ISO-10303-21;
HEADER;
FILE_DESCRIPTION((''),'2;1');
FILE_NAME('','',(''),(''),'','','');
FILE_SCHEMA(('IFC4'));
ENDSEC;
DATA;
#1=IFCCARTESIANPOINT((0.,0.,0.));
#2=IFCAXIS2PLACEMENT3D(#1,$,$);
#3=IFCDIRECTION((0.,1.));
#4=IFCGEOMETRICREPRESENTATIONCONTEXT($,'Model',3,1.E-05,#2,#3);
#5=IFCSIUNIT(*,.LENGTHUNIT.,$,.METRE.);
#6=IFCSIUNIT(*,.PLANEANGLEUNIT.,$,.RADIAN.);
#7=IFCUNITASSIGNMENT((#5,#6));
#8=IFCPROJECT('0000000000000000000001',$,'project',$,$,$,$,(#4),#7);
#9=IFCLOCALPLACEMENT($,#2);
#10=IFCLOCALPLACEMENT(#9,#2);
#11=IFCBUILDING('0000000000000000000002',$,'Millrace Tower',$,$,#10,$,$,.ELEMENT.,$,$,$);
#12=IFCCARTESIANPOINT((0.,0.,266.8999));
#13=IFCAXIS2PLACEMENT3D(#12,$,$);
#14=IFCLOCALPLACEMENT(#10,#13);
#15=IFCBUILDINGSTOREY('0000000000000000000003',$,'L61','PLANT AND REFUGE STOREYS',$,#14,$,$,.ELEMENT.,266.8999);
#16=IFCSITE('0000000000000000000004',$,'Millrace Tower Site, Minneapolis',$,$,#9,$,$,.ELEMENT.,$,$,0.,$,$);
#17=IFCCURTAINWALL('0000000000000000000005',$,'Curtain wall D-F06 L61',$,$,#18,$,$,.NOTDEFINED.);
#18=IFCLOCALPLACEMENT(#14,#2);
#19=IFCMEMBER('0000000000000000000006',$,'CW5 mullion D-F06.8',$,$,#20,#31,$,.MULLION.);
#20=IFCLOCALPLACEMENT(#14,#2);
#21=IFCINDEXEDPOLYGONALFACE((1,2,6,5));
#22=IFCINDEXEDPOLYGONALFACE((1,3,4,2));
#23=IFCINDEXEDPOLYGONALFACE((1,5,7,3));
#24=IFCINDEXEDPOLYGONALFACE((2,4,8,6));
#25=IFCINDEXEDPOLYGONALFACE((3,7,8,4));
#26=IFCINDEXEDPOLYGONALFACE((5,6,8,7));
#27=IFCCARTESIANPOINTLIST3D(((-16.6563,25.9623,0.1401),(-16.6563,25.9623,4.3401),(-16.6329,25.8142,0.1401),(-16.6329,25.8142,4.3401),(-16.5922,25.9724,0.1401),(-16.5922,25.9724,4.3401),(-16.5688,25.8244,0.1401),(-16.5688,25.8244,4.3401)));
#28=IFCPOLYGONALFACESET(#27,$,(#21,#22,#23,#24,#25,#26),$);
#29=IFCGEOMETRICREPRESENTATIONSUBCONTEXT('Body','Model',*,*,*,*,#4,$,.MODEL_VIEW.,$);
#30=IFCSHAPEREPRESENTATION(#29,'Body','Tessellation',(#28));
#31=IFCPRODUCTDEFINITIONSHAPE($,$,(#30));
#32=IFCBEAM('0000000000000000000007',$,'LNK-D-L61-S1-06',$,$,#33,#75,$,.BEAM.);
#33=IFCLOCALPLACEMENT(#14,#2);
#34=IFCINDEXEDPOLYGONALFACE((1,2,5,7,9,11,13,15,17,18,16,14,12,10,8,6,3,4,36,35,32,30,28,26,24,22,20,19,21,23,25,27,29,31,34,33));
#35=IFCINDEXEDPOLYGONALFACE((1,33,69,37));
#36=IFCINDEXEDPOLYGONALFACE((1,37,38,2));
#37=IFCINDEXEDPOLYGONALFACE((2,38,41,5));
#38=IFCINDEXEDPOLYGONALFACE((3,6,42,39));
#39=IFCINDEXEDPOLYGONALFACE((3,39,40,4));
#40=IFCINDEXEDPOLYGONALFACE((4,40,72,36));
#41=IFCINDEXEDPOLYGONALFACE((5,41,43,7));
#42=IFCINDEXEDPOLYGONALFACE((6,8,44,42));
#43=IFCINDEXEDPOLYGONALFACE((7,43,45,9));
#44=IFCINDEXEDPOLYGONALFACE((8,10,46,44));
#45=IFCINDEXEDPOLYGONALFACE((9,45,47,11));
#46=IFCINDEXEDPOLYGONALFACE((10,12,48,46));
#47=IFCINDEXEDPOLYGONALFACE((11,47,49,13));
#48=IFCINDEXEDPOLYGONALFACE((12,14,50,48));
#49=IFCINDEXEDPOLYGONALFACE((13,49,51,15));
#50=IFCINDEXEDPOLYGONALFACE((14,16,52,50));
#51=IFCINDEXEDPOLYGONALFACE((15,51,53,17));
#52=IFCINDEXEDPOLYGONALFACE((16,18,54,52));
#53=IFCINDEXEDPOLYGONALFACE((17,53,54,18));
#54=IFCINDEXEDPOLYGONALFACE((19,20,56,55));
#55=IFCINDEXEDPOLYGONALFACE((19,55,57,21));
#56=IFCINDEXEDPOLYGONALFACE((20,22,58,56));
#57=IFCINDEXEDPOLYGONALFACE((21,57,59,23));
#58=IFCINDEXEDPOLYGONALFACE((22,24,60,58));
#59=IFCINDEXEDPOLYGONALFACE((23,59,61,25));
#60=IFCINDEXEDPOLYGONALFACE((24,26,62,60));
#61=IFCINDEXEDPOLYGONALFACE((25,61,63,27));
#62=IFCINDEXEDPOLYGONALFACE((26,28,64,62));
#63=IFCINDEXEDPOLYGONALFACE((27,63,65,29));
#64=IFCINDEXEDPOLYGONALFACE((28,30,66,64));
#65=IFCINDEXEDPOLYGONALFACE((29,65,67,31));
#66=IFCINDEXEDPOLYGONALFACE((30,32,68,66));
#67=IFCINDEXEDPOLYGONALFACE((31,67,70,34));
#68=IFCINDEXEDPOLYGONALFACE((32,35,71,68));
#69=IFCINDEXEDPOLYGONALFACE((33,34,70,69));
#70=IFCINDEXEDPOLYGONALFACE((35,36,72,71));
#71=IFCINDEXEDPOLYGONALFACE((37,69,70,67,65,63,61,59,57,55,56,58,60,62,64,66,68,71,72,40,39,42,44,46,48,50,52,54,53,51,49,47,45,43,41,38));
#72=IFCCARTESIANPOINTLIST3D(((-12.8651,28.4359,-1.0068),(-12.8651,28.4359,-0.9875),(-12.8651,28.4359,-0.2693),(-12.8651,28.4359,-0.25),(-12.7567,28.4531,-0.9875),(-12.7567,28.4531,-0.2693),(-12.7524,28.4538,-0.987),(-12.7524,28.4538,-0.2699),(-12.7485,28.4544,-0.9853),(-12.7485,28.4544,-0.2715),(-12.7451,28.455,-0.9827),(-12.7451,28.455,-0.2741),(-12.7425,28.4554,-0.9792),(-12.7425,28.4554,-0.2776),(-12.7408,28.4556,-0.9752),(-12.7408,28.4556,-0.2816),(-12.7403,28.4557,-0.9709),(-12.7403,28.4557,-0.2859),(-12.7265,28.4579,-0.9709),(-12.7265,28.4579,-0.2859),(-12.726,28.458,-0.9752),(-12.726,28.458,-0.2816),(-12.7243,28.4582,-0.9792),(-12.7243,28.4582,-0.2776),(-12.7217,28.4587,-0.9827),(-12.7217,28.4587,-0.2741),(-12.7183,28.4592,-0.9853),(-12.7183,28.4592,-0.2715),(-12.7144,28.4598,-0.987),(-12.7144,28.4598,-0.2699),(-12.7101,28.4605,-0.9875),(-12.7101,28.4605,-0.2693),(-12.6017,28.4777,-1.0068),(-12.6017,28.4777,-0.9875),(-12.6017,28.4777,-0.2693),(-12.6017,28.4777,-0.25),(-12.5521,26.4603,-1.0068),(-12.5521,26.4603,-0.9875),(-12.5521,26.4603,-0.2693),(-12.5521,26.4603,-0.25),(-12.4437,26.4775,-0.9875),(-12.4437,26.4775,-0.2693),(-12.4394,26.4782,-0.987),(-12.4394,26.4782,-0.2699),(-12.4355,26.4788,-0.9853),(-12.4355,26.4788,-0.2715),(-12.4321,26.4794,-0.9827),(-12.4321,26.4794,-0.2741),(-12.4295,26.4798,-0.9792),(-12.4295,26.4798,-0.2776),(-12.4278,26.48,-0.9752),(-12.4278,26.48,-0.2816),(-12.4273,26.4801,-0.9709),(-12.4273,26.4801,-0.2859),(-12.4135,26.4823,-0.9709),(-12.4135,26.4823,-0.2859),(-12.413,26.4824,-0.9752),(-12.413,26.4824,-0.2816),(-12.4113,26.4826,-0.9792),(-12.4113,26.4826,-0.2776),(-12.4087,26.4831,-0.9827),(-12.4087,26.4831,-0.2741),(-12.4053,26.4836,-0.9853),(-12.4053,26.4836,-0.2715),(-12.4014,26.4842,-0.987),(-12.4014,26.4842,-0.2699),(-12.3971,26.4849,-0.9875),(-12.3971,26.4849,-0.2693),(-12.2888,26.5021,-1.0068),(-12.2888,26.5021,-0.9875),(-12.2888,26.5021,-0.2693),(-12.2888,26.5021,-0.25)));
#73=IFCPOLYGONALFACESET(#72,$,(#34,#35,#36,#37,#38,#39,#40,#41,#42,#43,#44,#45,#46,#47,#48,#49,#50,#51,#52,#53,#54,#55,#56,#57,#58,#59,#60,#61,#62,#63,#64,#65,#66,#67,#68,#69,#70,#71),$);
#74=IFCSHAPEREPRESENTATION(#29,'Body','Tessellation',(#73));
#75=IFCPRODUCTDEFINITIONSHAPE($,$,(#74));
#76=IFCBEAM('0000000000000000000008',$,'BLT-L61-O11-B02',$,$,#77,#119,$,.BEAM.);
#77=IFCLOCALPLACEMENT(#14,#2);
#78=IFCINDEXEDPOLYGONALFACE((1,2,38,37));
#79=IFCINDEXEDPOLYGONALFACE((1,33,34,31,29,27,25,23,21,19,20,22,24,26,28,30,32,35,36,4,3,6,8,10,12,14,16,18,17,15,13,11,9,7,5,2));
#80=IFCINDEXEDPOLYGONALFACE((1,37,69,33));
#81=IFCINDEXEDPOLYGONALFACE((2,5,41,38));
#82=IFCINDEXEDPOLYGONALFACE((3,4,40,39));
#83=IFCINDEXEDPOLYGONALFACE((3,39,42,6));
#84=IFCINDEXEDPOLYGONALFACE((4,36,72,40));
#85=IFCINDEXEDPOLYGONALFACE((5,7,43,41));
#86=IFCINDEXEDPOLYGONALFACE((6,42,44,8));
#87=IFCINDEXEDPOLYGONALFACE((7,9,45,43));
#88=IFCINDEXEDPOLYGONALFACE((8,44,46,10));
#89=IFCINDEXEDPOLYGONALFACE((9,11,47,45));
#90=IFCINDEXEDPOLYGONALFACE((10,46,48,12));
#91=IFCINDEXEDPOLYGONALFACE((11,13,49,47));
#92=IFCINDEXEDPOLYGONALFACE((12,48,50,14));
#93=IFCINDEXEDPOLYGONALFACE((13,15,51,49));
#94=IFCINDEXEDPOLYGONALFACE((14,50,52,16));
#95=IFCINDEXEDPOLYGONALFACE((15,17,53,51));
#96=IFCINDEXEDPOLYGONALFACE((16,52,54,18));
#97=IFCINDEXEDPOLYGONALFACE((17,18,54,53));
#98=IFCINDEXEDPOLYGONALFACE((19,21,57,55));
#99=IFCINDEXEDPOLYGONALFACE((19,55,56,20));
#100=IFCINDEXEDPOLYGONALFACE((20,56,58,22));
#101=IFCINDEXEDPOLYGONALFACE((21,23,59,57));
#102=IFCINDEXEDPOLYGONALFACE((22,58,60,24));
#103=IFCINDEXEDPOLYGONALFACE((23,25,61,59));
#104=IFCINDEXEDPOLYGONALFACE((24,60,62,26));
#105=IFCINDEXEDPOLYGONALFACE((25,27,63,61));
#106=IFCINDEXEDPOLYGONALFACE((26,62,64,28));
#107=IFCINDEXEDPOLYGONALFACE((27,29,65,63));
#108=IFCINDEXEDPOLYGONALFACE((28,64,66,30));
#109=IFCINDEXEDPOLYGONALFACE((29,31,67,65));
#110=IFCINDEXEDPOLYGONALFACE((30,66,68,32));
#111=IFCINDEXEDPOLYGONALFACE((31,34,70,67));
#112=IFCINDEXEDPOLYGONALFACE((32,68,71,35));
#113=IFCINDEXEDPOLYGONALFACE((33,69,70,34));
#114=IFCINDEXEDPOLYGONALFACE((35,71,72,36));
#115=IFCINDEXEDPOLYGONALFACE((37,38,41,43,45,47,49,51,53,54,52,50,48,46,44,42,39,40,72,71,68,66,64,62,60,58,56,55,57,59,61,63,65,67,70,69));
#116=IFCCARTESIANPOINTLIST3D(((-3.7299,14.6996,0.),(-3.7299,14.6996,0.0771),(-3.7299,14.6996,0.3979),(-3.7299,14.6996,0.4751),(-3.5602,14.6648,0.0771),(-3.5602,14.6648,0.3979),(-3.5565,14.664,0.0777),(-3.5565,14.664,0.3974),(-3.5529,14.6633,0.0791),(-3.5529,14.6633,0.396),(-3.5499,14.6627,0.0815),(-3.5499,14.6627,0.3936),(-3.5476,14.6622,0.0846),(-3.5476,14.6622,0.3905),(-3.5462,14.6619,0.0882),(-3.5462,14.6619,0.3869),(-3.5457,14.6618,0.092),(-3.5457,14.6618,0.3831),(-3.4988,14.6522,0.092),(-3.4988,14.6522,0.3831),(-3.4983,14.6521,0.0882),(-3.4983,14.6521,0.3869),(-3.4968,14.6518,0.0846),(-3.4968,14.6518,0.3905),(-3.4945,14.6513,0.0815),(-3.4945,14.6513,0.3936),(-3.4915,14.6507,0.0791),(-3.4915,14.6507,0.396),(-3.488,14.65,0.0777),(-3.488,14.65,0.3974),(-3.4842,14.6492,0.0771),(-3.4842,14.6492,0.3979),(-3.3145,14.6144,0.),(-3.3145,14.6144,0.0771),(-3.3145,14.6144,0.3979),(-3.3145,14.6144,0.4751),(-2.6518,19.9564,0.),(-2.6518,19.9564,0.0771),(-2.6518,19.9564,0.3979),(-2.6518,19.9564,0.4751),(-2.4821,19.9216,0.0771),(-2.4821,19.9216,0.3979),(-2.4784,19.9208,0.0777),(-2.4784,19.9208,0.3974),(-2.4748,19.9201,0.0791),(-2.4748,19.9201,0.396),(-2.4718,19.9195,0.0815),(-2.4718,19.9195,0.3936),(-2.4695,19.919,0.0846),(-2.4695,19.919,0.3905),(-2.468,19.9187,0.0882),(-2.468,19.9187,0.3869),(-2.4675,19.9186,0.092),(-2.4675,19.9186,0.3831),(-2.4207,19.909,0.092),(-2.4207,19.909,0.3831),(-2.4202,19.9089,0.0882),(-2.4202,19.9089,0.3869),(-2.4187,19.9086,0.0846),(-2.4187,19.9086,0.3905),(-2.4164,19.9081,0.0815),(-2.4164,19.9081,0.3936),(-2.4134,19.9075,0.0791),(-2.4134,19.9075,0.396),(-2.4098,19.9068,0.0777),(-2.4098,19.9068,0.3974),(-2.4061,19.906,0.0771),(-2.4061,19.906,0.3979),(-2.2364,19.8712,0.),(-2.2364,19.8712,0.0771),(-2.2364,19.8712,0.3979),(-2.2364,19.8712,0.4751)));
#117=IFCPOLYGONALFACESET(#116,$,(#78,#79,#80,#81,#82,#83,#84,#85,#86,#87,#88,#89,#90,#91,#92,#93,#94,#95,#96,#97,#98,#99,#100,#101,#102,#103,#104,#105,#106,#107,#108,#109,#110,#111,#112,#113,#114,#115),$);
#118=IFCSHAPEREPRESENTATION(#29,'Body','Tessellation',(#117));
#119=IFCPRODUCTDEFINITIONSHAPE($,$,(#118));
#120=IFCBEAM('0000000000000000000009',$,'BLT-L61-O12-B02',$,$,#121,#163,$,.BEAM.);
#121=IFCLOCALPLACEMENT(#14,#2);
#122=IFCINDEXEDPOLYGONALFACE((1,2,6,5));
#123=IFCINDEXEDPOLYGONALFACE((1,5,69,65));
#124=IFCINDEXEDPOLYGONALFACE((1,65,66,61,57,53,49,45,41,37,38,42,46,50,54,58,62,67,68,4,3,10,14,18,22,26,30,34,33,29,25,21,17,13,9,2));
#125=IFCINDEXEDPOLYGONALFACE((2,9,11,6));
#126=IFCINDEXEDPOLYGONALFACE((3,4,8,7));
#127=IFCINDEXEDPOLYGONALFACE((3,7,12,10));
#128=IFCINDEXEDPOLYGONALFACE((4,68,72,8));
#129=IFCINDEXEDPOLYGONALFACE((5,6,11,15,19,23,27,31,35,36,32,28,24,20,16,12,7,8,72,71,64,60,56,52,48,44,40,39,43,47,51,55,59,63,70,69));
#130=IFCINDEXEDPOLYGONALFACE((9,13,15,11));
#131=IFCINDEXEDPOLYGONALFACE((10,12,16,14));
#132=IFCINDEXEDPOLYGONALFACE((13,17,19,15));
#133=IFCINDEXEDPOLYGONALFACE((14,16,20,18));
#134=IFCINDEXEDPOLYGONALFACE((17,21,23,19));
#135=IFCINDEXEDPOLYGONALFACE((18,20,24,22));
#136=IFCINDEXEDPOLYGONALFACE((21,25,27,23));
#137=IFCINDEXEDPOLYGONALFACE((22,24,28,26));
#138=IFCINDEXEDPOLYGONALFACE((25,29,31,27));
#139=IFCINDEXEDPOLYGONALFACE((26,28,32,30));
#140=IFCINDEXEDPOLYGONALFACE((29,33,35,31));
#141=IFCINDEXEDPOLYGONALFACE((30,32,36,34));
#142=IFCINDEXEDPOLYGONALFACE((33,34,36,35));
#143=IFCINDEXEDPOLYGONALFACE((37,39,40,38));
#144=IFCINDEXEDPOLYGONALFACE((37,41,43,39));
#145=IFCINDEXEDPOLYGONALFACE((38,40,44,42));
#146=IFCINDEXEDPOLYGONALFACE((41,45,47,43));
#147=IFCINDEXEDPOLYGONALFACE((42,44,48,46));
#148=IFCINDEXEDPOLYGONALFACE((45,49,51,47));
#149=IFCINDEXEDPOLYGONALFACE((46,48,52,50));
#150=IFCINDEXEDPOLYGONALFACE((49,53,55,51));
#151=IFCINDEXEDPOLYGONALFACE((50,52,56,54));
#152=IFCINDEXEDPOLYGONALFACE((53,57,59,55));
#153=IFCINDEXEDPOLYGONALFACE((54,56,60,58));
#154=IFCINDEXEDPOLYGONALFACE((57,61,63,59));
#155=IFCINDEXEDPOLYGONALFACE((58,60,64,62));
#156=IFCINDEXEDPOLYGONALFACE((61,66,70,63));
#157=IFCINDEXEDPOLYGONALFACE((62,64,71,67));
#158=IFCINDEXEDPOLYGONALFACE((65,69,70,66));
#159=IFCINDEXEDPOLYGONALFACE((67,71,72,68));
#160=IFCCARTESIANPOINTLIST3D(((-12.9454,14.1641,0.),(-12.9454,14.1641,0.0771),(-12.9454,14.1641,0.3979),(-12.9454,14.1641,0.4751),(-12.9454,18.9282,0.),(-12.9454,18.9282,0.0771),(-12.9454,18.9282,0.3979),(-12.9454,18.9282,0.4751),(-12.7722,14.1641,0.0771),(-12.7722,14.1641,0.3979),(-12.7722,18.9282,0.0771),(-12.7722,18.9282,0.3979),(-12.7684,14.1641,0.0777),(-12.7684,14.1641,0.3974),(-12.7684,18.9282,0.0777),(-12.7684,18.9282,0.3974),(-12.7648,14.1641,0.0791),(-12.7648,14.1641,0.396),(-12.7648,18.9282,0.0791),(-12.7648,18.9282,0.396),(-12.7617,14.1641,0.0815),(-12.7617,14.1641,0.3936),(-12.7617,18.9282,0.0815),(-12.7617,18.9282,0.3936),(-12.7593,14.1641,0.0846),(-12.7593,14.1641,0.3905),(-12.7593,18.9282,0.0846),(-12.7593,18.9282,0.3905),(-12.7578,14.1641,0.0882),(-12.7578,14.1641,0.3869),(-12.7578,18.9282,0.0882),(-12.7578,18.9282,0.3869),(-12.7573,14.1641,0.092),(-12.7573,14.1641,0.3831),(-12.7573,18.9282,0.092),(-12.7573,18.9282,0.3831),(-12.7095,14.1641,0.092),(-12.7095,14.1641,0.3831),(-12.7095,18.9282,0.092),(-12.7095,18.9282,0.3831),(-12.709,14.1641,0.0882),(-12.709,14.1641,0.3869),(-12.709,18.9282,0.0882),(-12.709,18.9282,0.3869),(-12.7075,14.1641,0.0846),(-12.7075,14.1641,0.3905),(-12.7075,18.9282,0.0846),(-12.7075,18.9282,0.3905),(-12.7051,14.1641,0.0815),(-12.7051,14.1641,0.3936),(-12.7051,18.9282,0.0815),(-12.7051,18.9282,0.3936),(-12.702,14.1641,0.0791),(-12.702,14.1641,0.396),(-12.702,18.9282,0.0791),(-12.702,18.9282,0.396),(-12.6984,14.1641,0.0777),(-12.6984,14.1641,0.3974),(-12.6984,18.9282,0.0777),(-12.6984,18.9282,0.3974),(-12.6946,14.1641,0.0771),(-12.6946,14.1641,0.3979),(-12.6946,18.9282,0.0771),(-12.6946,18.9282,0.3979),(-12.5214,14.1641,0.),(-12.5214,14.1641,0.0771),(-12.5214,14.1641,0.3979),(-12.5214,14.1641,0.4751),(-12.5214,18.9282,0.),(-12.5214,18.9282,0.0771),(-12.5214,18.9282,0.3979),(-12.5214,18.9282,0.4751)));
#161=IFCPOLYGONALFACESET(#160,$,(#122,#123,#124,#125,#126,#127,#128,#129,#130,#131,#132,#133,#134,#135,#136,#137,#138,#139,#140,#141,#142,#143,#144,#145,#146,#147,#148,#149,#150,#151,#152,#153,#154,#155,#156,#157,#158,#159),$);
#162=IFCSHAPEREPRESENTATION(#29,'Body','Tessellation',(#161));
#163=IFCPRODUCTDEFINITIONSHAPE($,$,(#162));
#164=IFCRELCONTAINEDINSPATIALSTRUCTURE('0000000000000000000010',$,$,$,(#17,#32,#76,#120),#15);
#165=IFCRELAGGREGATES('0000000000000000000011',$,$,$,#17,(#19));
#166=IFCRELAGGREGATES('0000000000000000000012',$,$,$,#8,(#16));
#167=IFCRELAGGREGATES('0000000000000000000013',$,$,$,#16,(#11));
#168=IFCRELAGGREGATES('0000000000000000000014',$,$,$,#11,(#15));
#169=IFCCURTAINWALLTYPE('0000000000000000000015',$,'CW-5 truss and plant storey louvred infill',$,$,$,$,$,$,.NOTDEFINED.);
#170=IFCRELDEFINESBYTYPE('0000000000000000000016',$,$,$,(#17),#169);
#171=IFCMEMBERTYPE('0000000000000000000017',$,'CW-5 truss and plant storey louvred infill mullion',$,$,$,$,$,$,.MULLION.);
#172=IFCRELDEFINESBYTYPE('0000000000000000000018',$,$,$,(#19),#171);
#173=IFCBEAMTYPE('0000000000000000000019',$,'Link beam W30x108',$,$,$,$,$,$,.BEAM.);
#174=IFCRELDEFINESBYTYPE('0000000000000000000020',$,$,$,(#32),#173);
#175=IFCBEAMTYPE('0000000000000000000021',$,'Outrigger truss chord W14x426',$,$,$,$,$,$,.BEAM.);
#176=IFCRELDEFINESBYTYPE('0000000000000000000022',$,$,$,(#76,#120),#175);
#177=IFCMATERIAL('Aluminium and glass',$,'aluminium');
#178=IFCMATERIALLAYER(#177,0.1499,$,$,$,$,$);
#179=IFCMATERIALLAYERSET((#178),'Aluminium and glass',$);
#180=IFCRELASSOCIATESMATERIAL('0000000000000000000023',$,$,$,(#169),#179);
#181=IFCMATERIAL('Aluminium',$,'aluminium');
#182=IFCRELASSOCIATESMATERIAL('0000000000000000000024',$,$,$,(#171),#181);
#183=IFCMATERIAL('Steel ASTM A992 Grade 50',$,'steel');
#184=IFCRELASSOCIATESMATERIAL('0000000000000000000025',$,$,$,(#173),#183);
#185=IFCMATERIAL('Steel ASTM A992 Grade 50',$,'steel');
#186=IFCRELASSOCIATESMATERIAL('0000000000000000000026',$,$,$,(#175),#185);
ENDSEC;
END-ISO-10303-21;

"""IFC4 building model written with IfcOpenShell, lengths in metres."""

from ifc_helpers import new_model, si_unit, direction, frame, origin, origin_2d, place, context, subcontext, project, spatial, rectangle, i_section, extrude, material, layer, layer_set, material_profile, profile_set, type_object, element, aggregate, save


model = new_model("IFC4")

# Units and contexts
model_context = context("Model", 3, precision=1e-05, world=origin(), true_north=direction((0.0, 1.0)))
body_context = subcontext(model_context, "Body", "Model", "MODEL_VIEW")
ifc_project = project(units=[si_unit("LENGTHUNIT", "METRE"), si_unit("PLANEANGLEUNIT", "RADIAN")], contexts=[model_context])

# Site, building, storey
site_placement = place(None, origin())
site = spatial("IfcSite", under=ifc_project, at=site_placement, Name="Millrace Tower Site, Minneapolis", CompositionType="ELEMENT", RefElevation=0.0)
building_placement = place(site_placement, origin())
building = spatial("IfcBuilding", under=site, at=building_placement, Name="Millrace Tower", CompositionType="ELEMENT")
storey_placement = place(building_placement, frame((0.0, 0.0, 266.8999)))
storey = spatial("IfcBuildingStorey", under=building, at=storey_placement, Name="L61", Description="PLANT AND REFUGE STOREYS", CompositionType="ELEMENT", Elevation=266.8999)

# Curtain wall, member
ifc_material_1 = material(Name="Aluminium and glass", Category="aluminium")
ifc_layer_1 = layer(ifc_material_1, 0.1499)
ifc_layer_set_1 = layer_set([ifc_layer_1], Name="Aluminium and glass")
curtain_wall_type = type_object("IfcCurtainWallType", Name="CW-5 truss and plant storey louvred infill", PredefinedType="NOTDEFINED", material=ifc_layer_set_1)
curtain_wall_placement = place(storey_placement, origin())
curtain_wall = element("IfcCurtainWall", 1, at=curtain_wall_placement, inside=storey, type_object=curtain_wall_type, Name="Curtain wall D-F06 L61", PredefinedType="NOTDEFINED")
ifc_material_2 = material(Name="Aluminium", Category="aluminium")
ifc_material_profile_1 = material_profile(ifc_material_2, rectangle(XDim=0.0649, YDim=0.1499, at=origin_2d()))
ifc_profile_set_1 = profile_set([ifc_material_profile_1], Name="Aluminium")
member_type_1 = type_object("IfcMemberType", Name="CW-5 truss and plant storey louvred infill mullion", PredefinedType="MULLION", material=ifc_profile_set_1)
member_placement = place(storey_placement, frame((-16.6125, 25.8933, 0.1401), z_axis=(0.0, 0.0, 1.0), x_axis=(-0.987688, -0.156434, 0.0)))
member = element("IfcMember", 2, at=member_placement, type_object=member_type_1, Name="CW5 mullion D-F06.8", PredefinedType="MULLION", context=body_context, shape_type="SweptSolid", body=[
    extrude(rectangle(XDim=0.0649, YDim=0.1499, at=origin_2d()), origin(), (0.0, 0.0, 1.0), 4.2),
])
aggregate(curtain_wall, [member])

# Beams
ifc_material_3 = material(Name="Steel ASTM A992 Grade 50", Category="steel")
ifc_material_profile_2 = material_profile(ifc_material_3, i_section(OverallWidth=0.2666, OverallDepth=0.7568, WebThickness=0.0139, FlangeThickness=0.0193, FilletRadius=0.0166, at=origin_2d()))
ifc_profile_set_2 = profile_set([ifc_material_profile_2], Name="Steel ASTM A992 Grade 50")
beam_type_1 = type_object("IfcBeamType", Name="Link beam W30x108", PredefinedType="BEAM", material=ifc_profile_set_2)
beam_1_placement = place(storey_placement, frame((-12.4204, 26.4812, -0.6284), z_axis=(-0.156477, 0.987682, 0.0), x_axis=(-0.987682, -0.156477, 0.0)))
element("IfcBeam", 3, at=beam_1_placement, inside=storey, type_object=beam_type_1, Name="LNK-D-L61-S1-06", PredefinedType="BEAM", context=body_context, shape_type="SweptSolid", body=[
    extrude(i_section(OverallWidth=0.2666, OverallDepth=0.7568, WebThickness=0.0139, FlangeThickness=0.0193, FilletRadius=0.0166, at=origin_2d()), origin(), (0.0, 0.0, 1.0), 2.0002),
])
ifc_material_4 = material(Name="Steel ASTM A992 Grade 50", Category="steel")
ifc_material_profile_3 = material_profile(ifc_material_4, i_section(OverallWidth=0.4241, OverallDepth=0.4751, WebThickness=0.0479, FlangeThickness=0.0771, FilletRadius=0.0149, at=origin_2d()))
ifc_profile_set_3 = profile_set([ifc_material_profile_3], Name="Steel ASTM A992 Grade 50")
beam_type_2 = type_object("IfcBeamType", Name="Outrigger truss chord W14x426", PredefinedType="BEAM", material=ifc_profile_set_3)
beam_2_placement = place(storey_placement, frame((-3.5222, 14.657, 0.2375), z_axis=(0.200908, 0.97961, 0.0), x_axis=(-0.97961, 0.200908, 0.0)))
element("IfcBeam", 4, at=beam_2_placement, inside=storey, type_object=beam_type_2, Name="BLT-L61-O11-B02", PredefinedType="BEAM", context=body_context, shape_type="SweptSolid", body=[
    extrude(i_section(OverallWidth=0.4241, OverallDepth=0.4751, WebThickness=0.0479, FlangeThickness=0.0771, FilletRadius=0.0149, at=origin_2d()), origin(), (0.0, 0.0, 1.0), 5.3662),
])
for number, where, z_axis, x_axis, name in (
    (5, (-12.7334, 14.1641, 0.2375), (0.0, 1.0, 0.0), (-1.0, 0.0, 0.0), "BLT-L61-O12-B02"),
):
    element("IfcBeam", number, at=place(storey_placement, frame(where, z_axis=z_axis, x_axis=x_axis)), inside=storey, type_object=beam_type_2, Name=name, PredefinedType="BEAM", context=body_context, shape_type="SweptSolid", body=[
        extrude(i_section(OverallWidth=0.4241, OverallDepth=0.4751, WebThickness=0.0479, FlangeThickness=0.0771, FilletRadius=0.0149, at=origin_2d()), origin(), (0.0, 0.0, 1.0), 4.7642),
    ])

save(model, "model.ifc")
